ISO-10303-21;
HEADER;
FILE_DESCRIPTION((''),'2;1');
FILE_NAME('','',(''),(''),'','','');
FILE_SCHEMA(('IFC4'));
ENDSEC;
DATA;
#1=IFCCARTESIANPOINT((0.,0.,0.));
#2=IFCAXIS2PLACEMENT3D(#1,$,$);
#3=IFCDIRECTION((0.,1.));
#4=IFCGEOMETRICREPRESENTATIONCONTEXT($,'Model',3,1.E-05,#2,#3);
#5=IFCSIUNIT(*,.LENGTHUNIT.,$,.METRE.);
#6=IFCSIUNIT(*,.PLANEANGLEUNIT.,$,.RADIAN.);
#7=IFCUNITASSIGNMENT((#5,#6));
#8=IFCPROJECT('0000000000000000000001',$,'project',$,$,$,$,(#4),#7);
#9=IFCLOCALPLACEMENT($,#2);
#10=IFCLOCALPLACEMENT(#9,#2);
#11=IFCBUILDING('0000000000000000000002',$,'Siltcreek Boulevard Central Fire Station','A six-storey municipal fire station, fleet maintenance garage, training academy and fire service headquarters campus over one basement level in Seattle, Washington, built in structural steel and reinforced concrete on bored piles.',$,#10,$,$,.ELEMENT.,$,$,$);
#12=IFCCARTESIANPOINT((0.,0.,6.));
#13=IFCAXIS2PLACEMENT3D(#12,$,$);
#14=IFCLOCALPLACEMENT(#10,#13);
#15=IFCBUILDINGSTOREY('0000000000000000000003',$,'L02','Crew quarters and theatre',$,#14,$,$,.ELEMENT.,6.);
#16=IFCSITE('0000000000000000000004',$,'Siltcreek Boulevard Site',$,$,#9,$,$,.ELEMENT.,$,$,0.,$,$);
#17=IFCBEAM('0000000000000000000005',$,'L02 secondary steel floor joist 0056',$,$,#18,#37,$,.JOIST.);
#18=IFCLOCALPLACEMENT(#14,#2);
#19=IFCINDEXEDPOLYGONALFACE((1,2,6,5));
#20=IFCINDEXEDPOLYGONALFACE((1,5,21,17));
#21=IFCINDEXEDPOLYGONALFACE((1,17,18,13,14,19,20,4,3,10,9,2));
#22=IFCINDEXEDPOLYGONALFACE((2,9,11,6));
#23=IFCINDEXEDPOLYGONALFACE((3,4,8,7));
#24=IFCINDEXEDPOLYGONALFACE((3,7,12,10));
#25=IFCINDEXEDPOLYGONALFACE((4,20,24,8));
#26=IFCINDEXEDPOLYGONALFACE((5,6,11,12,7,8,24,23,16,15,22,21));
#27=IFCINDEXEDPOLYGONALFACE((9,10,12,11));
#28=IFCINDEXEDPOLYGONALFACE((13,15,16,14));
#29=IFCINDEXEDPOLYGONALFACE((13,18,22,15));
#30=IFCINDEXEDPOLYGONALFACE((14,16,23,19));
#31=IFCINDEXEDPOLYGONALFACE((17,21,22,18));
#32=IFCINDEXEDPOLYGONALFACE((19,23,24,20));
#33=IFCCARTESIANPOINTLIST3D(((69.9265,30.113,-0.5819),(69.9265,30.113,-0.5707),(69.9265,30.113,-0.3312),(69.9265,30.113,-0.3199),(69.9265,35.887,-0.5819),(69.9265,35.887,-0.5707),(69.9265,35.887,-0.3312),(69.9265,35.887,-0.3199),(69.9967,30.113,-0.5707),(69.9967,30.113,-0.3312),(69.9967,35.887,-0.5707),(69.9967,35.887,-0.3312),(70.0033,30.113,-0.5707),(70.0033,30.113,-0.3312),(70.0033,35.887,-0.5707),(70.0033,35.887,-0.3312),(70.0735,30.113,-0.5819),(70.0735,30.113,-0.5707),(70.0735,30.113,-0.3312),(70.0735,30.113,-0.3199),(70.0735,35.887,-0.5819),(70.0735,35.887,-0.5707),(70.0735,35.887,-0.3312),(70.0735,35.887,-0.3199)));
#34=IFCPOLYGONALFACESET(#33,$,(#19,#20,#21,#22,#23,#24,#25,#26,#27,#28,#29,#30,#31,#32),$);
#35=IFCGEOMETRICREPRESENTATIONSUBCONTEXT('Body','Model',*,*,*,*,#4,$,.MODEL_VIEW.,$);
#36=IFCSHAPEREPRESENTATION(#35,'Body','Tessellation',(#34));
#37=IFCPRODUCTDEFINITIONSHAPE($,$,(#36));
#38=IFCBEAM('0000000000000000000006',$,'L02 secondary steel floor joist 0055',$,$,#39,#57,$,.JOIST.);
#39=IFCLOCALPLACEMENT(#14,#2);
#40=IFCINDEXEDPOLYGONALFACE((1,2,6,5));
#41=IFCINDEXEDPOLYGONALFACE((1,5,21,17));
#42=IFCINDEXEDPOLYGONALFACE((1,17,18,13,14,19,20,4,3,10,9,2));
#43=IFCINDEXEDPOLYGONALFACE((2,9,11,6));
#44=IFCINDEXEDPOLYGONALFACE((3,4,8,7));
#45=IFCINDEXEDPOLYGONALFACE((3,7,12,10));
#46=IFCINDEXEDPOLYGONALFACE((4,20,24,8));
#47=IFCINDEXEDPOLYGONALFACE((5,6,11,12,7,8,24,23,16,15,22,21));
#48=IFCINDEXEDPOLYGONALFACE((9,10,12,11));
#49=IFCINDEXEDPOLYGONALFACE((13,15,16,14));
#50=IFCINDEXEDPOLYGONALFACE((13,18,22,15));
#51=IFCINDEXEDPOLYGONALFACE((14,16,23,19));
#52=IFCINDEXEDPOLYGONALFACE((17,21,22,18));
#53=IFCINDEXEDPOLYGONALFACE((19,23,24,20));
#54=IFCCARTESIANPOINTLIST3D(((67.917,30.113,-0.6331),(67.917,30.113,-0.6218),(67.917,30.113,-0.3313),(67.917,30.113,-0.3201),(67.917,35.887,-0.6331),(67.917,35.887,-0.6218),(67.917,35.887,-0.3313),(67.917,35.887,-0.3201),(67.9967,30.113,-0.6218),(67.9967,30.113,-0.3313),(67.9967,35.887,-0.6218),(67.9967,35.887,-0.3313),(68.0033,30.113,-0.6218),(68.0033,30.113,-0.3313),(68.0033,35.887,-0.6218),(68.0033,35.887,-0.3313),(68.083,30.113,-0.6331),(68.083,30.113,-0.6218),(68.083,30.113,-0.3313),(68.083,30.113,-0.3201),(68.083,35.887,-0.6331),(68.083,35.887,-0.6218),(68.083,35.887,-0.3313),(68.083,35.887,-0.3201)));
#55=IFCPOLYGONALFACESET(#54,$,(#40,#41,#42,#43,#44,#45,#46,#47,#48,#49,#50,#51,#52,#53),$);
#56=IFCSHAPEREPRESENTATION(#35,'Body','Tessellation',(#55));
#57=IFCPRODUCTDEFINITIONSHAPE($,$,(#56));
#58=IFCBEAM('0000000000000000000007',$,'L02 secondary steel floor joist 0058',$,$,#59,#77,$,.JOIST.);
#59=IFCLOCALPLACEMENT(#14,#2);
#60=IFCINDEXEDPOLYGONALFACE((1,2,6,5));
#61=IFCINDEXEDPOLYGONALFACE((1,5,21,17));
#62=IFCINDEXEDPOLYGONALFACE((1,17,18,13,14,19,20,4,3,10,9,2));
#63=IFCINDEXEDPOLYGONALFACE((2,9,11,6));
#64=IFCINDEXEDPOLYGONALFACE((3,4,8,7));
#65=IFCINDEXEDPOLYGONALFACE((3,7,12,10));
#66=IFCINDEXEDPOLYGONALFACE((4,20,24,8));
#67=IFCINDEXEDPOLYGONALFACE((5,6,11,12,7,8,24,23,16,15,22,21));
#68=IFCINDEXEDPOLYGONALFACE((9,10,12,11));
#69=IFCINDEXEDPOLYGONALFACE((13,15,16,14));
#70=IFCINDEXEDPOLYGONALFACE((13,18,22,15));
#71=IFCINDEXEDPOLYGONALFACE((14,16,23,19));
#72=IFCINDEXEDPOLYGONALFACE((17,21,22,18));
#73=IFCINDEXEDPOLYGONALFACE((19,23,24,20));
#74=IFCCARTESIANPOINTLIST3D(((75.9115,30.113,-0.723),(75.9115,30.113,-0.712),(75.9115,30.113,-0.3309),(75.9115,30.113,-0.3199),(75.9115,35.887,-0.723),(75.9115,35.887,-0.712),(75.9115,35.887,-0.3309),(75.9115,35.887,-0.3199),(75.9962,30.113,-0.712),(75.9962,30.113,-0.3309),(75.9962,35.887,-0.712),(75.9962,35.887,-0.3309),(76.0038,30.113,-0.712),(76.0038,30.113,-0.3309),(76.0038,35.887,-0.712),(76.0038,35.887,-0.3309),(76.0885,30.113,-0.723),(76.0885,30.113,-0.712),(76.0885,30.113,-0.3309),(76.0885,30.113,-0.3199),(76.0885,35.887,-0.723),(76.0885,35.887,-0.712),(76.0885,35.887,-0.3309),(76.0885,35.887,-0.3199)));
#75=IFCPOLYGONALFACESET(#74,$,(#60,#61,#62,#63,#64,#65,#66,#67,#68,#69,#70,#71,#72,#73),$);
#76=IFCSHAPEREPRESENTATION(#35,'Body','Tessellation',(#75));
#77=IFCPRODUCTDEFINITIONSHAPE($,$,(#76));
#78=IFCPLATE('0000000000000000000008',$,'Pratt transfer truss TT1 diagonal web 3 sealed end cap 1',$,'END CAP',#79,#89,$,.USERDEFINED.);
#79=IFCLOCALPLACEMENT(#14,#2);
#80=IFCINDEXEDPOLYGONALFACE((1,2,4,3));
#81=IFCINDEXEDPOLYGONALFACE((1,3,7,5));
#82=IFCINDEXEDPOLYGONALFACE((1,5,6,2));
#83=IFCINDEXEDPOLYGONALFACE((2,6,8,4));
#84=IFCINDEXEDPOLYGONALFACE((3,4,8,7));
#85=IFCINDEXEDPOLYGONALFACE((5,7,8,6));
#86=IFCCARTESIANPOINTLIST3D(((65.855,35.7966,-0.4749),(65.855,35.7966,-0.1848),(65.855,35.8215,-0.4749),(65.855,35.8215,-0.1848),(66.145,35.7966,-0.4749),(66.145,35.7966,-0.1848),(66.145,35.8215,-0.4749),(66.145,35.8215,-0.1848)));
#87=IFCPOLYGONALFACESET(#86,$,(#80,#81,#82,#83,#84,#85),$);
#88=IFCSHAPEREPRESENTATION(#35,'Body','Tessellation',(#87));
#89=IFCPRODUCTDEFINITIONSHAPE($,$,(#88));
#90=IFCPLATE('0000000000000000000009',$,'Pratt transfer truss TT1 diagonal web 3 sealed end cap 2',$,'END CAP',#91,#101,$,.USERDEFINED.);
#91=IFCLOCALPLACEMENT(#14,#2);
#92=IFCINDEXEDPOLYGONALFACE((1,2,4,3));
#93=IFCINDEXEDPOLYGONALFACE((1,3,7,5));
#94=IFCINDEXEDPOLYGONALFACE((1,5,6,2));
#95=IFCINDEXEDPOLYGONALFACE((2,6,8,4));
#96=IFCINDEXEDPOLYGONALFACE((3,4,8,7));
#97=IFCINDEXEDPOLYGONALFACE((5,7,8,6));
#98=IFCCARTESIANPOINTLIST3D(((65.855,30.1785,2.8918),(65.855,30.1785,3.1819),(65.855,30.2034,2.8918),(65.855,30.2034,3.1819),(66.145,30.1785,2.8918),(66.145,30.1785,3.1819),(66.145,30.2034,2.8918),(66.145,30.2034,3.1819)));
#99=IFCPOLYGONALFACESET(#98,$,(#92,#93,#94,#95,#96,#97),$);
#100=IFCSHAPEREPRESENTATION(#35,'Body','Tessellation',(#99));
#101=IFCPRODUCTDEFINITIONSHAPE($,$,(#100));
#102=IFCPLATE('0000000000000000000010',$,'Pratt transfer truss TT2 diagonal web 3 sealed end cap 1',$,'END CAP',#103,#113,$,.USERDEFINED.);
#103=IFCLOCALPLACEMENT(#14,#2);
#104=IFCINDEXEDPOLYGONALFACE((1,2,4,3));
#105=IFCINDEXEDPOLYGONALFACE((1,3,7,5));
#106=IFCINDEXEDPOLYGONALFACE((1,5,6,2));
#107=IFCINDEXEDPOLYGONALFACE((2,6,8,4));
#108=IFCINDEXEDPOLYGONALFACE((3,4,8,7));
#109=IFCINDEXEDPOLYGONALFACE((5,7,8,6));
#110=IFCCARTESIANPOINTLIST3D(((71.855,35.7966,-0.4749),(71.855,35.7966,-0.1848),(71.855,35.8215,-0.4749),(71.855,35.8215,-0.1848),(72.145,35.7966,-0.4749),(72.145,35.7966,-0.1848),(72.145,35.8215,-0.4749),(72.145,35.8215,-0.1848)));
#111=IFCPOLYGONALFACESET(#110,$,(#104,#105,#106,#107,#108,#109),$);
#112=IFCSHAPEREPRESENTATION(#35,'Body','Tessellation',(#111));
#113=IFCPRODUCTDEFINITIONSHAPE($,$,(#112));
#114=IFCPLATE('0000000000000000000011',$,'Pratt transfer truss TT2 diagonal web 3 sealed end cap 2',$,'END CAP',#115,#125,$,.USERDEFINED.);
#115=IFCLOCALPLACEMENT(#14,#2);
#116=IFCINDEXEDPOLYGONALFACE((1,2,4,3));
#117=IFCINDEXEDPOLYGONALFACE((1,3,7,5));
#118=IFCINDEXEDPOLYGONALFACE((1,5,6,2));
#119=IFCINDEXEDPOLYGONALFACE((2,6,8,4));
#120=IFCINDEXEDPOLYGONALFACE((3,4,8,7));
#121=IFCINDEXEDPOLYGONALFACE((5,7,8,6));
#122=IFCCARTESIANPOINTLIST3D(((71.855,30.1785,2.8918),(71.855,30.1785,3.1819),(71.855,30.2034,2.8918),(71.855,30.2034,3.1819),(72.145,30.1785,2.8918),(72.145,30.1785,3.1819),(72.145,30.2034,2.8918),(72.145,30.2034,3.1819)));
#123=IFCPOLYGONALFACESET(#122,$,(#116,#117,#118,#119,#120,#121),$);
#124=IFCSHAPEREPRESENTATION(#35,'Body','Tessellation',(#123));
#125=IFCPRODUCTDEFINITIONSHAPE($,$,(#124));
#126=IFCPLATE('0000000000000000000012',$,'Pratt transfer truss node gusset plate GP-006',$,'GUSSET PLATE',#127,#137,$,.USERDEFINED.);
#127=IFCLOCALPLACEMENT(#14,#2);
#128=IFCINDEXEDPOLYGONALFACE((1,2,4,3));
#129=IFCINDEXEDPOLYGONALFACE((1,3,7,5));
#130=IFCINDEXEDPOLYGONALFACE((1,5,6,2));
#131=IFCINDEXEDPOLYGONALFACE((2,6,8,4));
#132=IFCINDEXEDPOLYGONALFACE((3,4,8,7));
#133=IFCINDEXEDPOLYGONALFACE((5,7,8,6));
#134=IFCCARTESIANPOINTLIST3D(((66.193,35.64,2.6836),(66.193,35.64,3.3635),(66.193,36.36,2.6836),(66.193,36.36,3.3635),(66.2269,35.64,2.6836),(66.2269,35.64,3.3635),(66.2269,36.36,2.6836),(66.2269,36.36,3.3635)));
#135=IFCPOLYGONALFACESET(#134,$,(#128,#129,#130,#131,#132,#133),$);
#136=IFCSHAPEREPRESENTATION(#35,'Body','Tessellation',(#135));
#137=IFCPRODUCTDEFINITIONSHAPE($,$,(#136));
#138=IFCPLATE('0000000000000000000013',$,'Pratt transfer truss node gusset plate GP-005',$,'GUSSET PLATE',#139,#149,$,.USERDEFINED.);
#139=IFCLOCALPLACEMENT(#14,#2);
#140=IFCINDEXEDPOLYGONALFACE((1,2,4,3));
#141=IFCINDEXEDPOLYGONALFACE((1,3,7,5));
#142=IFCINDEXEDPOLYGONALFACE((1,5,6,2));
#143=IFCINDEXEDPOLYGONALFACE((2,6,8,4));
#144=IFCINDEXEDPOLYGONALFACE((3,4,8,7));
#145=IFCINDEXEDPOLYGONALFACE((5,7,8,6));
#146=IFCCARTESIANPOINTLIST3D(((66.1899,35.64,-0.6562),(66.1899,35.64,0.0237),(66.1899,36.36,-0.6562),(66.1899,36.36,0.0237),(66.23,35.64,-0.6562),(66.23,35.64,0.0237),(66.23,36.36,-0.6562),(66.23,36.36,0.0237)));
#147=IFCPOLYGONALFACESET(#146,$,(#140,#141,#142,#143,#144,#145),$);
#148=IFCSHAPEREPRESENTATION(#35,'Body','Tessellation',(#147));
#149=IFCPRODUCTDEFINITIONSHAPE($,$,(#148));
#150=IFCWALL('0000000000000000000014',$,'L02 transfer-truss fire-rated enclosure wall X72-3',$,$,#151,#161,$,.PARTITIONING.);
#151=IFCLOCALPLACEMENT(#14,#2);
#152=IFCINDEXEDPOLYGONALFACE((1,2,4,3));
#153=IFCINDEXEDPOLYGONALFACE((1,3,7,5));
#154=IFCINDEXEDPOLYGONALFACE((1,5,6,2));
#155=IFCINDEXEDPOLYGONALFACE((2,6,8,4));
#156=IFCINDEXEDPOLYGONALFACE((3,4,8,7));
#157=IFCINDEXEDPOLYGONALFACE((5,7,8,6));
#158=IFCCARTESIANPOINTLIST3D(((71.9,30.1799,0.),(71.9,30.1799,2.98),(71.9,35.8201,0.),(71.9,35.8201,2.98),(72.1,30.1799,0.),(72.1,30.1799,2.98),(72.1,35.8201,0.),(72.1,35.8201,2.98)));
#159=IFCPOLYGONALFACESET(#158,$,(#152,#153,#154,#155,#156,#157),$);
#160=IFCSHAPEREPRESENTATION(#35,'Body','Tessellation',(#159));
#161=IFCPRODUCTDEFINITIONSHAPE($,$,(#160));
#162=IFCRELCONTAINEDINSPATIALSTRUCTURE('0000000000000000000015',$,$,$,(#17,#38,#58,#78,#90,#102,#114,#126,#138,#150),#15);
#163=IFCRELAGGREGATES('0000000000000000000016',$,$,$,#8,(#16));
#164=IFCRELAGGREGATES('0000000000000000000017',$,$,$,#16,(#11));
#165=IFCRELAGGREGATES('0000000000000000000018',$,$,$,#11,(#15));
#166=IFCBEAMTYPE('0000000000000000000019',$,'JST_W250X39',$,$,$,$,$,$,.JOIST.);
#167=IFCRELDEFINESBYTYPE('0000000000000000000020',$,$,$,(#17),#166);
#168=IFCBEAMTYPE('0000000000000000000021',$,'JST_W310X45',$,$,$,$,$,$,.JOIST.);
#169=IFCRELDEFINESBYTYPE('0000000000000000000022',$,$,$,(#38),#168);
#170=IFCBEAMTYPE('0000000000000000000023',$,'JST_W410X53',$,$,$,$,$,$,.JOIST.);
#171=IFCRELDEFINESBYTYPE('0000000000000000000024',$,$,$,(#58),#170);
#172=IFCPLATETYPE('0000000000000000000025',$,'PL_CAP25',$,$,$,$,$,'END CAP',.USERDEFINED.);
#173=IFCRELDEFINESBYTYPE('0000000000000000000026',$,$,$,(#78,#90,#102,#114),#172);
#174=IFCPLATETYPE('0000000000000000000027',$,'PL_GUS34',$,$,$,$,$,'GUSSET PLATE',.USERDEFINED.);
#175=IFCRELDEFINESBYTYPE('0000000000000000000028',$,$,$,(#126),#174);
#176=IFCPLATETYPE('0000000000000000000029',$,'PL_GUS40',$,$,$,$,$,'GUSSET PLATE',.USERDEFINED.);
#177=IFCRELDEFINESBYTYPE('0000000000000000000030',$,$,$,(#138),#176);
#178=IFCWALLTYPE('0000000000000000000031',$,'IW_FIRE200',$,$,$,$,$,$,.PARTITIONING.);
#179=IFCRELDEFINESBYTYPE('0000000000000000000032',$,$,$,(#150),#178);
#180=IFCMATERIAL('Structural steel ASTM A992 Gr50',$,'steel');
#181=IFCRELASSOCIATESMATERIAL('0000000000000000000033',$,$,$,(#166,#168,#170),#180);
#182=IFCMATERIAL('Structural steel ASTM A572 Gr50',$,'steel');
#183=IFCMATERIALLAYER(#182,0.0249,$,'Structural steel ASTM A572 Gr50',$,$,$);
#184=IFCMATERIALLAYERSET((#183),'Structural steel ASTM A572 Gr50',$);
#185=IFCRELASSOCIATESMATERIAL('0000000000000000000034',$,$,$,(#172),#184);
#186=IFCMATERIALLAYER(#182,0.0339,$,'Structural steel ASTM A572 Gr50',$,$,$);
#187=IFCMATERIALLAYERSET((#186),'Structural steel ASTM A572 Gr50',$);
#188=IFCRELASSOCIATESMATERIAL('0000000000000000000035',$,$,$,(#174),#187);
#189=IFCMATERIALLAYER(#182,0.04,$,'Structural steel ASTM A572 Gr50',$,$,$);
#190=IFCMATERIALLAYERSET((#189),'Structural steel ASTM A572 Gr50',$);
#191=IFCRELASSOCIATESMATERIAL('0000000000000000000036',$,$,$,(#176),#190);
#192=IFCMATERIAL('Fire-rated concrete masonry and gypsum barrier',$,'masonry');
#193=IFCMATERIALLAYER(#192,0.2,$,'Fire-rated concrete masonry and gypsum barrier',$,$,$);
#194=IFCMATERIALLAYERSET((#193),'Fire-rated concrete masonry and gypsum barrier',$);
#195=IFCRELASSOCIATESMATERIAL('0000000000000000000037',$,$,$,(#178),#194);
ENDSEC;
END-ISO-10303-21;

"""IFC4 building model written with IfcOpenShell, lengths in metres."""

from ifc_helpers import new_model, si_unit, direction, frame, frame_2d, origin, origin_2d, place, context, subcontext, project, spatial, rectangle, i_section, extrude, material, layer, layer_set, material_profile, profile_set, type_object, element, save


model = new_model("IFC4")

# Units and contexts
model_context = context("Model", 3, precision=1e-05, world=origin(), true_north=direction((0.0, 1.0)))
body_context = subcontext(model_context, "Body", "Model", "MODEL_VIEW")
ifc_project = project(units=[si_unit("LENGTHUNIT", "METRE"), si_unit("PLANEANGLEUNIT", "RADIAN")], contexts=[model_context])

# Site, building, storey
site_placement = place(None, origin())
site = spatial("IfcSite", under=ifc_project, at=site_placement, Name="Siltcreek Boulevard Site", CompositionType="ELEMENT", RefElevation=0.0)
building_placement = place(site_placement, origin())
building = spatial("IfcBuilding", under=site, at=building_placement, Name="Siltcreek Boulevard Central Fire Station", Description="A six-storey municipal fire station, fleet maintenance garage, training academy and fire service headquarters campus over one basement level in Seattle, Washington, built in structural steel and reinforced concrete on bored piles.", CompositionType="ELEMENT")
storey_placement = place(building_placement, frame((0.0, 0.0, 6.0)))
storey = spatial("IfcBuildingStorey", under=building, at=storey_placement, Name="L02", Description="Crew quarters and theatre", CompositionType="ELEMENT", Elevation=6.0)

# Shared definitions
ifc_material_1 = material(Name="Structural steel ASTM A992 Gr50", Category="steel")

# Beams
ifc_material_profile_1 = material_profile(ifc_material_1, i_section(OverallWidth=0.147, OverallDepth=0.262, WebThickness=0.0066, FlangeThickness=0.0112, at=origin_2d()), Name="W250X39")
ifc_profile_set_1 = profile_set([ifc_material_profile_1], Name="Structural steel ASTM A992 Gr50")
beam_type_1 = type_object("IfcBeamType", Name="JST_W250X39", PredefinedType="JOIST", material=ifc_profile_set_1)
beam_1_placement = place(storey_placement, frame((70.0, 30.113, -0.4509), z_axis=(0.0, 1.0, 0.0), x_axis=(-1.0, 0.0, 0.0)))
element("IfcBeam", 1, at=beam_1_placement, inside=storey, type_object=beam_type_1, Name="L02 secondary steel floor joist 0056", PredefinedType="JOIST", context=body_context, shape_type="SweptSolid", body=[
    extrude(i_section(OverallWidth=0.147, OverallDepth=0.262, WebThickness=0.0066, FlangeThickness=0.0112, at=origin_2d()), origin(), (0.0, 0.0, 1.0), 5.7739),
])
ifc_material_profile_2 = material_profile(ifc_material_1, i_section(OverallWidth=0.166, OverallDepth=0.313, WebThickness=0.0066, FlangeThickness=0.0112, at=origin_2d()), Name="W310X45")
ifc_profile_set_2 = profile_set([ifc_material_profile_2], Name="Structural steel ASTM A992 Gr50")
beam_type_2 = type_object("IfcBeamType", Name="JST_W310X45", PredefinedType="JOIST", material=ifc_profile_set_2)
beam_2_placement = place(storey_placement, frame((68.0, 30.113, -0.4766), z_axis=(0.0, 1.0, 0.0), x_axis=(-1.0, 0.0, 0.0)))
element("IfcBeam", 2, at=beam_2_placement, inside=storey, type_object=beam_type_2, Name="L02 secondary steel floor joist 0055", PredefinedType="JOIST", context=body_context, shape_type="SweptSolid", body=[
    extrude(i_section(OverallWidth=0.166, OverallDepth=0.313, WebThickness=0.0066, FlangeThickness=0.0112, at=origin_2d()), origin(), (0.0, 0.0, 1.0), 5.7739),
])
ifc_material_profile_3 = material_profile(ifc_material_1, i_section(OverallWidth=0.177, OverallDepth=0.4031, WebThickness=0.0076, FlangeThickness=0.011, at=origin_2d()), Name="W410X53")
ifc_profile_set_3 = profile_set([ifc_material_profile_3], Name="Structural steel ASTM A992 Gr50")
beam_type_3 = type_object("IfcBeamType", Name="JST_W410X53", PredefinedType="JOIST", material=ifc_profile_set_3)
beam_3_placement = place(storey_placement, frame((76.0, 30.113, -0.5215), z_axis=(0.0, 1.0, 0.0), x_axis=(-1.0, 0.0, 0.0)))
element("IfcBeam", 3, at=beam_3_placement, inside=storey, type_object=beam_type_3, Name="L02 secondary steel floor joist 0058", PredefinedType="JOIST", context=body_context, shape_type="SweptSolid", body=[
    extrude(i_section(OverallWidth=0.177, OverallDepth=0.4031, WebThickness=0.0076, FlangeThickness=0.011, at=origin_2d()), origin(), (0.0, 0.0, 1.0), 5.7739),
])

# Plates
ifc_material_2 = material(Name="Structural steel ASTM A572 Gr50", Category="steel")
ifc_layer_1 = layer(ifc_material_2, 0.0249, Name="Structural steel ASTM A572 Gr50")
ifc_layer_set_1 = layer_set([ifc_layer_1], Name="Structural steel ASTM A572 Gr50")
plate_type_1 = type_object("IfcPlateType", Name="PL_CAP25", ElementType="END CAP", PredefinedType="USERDEFINED", material=ifc_layer_set_1)
for number, where, z_axis, x_axis, name in (
    (4, (66.0, 35.8091, -0.4749), (0.0, 0.0, 1.0), (0.0, -1.0, 0.0), "Pratt transfer truss TT1 diagonal web 3 sealed end cap 1"),
    (5, (66.0, 30.1909, 2.8918), (0.0, 0.0, 1.0), (0.0, -1.0, 0.0), "Pratt transfer truss TT1 diagonal web 3 sealed end cap 2"),
    (6, (72.0, 35.8091, -0.4749), (0.0, 0.0, 1.0), (0.0, -1.0, 0.0), "Pratt transfer truss TT2 diagonal web 3 sealed end cap 1"),
    (7, (72.0, 30.1909, 2.8918), (0.0, 0.0, 1.0), (0.0, -1.0, 0.0), "Pratt transfer truss TT2 diagonal web 3 sealed end cap 2"),
):
    element("IfcPlate", number, at=place(storey_placement, frame(where, z_axis=z_axis, x_axis=x_axis)), inside=storey, type_object=plate_type_1, Name=name, ObjectType="END CAP", PredefinedType="USERDEFINED", context=body_context, shape_type="SweptSolid", body=[
        extrude(rectangle(XDim=0.0249, YDim=0.29, at=origin_2d()), origin(), (0.0, 0.0, 1.0), 0.29),
    ])
ifc_layer_2 = layer(ifc_material_2, 0.0339, Name="Structural steel ASTM A572 Gr50")
ifc_layer_set_2 = layer_set([ifc_layer_2], Name="Structural steel ASTM A572 Gr50")
plate_type_2 = type_object("IfcPlateType", Name="PL_GUS34", ElementType="GUSSET PLATE", PredefinedType="USERDEFINED", material=ifc_layer_set_2)
plate_1_placement = place(storey_placement, frame((66.21, 36.0, 2.6836), z_axis=(0.0, 0.0, 1.0), x_axis=(1.0, 0.0, 0.0)))
element("IfcPlate", 8, at=plate_1_placement, inside=storey, type_object=plate_type_2, Name="Pratt transfer truss node gusset plate GP-006", ObjectType="GUSSET PLATE", PredefinedType="USERDEFINED", context=body_context, shape_type="SweptSolid", body=[
    extrude(rectangle(XDim=0.0339, YDim=0.72, at=origin_2d()), origin(), (0.0, 0.0, 1.0), 0.6799),
])
ifc_layer_3 = layer(ifc_material_2, 0.04, Name="Structural steel ASTM A572 Gr50")
ifc_layer_set_3 = layer_set([ifc_layer_3], Name="Structural steel ASTM A572 Gr50")
plate_type_3 = type_object("IfcPlateType", Name="PL_GUS40", ElementType="GUSSET PLATE", PredefinedType="USERDEFINED", material=ifc_layer_set_3)
plate_2_placement = place(storey_placement, frame((66.21, 36.0, -0.6562), z_axis=(0.0, 0.0, 1.0), x_axis=(1.0, 0.0, 0.0)))
element("IfcPlate", 9, at=plate_2_placement, inside=storey, type_object=plate_type_3, Name="Pratt transfer truss node gusset plate GP-005", ObjectType="GUSSET PLATE", PredefinedType="USERDEFINED", context=body_context, shape_type="SweptSolid", body=[
    extrude(rectangle(XDim=0.04, YDim=0.72, at=origin_2d()), origin(), (0.0, 0.0, 1.0), 0.6799),
])

# Wall
ifc_material_3 = material(Name="Fire-rated concrete masonry and gypsum barrier", Category="masonry")
ifc_layer_4 = layer(ifc_material_3, 0.2, Name="Fire-rated concrete masonry and gypsum barrier")
ifc_layer_set_4 = layer_set([ifc_layer_4], Name="Fire-rated concrete masonry and gypsum barrier")
wall_type = type_object("IfcWallType", Name="IW_FIRE200", PredefinedType="PARTITIONING", material=ifc_layer_set_4)
wall_placement = place(storey_placement, frame((72.0, 30.1799, 0.0), z_axis=(0.0, 0.0, 1.0), x_axis=(0.0, 1.0, 0.0)))
element("IfcWall", 10, at=wall_placement, inside=storey, type_object=wall_type, Name="L02 transfer-truss fire-rated enclosure wall X72-3", PredefinedType="PARTITIONING", context=body_context, shape_type="SweptSolid", body=[
    extrude(rectangle(XDim=5.6401, YDim=0.2, at=frame_2d((2.8201, 0.0))), origin(), (0.0, 0.0, 1.0), 2.98),
])

save(model, "model.ifc")
